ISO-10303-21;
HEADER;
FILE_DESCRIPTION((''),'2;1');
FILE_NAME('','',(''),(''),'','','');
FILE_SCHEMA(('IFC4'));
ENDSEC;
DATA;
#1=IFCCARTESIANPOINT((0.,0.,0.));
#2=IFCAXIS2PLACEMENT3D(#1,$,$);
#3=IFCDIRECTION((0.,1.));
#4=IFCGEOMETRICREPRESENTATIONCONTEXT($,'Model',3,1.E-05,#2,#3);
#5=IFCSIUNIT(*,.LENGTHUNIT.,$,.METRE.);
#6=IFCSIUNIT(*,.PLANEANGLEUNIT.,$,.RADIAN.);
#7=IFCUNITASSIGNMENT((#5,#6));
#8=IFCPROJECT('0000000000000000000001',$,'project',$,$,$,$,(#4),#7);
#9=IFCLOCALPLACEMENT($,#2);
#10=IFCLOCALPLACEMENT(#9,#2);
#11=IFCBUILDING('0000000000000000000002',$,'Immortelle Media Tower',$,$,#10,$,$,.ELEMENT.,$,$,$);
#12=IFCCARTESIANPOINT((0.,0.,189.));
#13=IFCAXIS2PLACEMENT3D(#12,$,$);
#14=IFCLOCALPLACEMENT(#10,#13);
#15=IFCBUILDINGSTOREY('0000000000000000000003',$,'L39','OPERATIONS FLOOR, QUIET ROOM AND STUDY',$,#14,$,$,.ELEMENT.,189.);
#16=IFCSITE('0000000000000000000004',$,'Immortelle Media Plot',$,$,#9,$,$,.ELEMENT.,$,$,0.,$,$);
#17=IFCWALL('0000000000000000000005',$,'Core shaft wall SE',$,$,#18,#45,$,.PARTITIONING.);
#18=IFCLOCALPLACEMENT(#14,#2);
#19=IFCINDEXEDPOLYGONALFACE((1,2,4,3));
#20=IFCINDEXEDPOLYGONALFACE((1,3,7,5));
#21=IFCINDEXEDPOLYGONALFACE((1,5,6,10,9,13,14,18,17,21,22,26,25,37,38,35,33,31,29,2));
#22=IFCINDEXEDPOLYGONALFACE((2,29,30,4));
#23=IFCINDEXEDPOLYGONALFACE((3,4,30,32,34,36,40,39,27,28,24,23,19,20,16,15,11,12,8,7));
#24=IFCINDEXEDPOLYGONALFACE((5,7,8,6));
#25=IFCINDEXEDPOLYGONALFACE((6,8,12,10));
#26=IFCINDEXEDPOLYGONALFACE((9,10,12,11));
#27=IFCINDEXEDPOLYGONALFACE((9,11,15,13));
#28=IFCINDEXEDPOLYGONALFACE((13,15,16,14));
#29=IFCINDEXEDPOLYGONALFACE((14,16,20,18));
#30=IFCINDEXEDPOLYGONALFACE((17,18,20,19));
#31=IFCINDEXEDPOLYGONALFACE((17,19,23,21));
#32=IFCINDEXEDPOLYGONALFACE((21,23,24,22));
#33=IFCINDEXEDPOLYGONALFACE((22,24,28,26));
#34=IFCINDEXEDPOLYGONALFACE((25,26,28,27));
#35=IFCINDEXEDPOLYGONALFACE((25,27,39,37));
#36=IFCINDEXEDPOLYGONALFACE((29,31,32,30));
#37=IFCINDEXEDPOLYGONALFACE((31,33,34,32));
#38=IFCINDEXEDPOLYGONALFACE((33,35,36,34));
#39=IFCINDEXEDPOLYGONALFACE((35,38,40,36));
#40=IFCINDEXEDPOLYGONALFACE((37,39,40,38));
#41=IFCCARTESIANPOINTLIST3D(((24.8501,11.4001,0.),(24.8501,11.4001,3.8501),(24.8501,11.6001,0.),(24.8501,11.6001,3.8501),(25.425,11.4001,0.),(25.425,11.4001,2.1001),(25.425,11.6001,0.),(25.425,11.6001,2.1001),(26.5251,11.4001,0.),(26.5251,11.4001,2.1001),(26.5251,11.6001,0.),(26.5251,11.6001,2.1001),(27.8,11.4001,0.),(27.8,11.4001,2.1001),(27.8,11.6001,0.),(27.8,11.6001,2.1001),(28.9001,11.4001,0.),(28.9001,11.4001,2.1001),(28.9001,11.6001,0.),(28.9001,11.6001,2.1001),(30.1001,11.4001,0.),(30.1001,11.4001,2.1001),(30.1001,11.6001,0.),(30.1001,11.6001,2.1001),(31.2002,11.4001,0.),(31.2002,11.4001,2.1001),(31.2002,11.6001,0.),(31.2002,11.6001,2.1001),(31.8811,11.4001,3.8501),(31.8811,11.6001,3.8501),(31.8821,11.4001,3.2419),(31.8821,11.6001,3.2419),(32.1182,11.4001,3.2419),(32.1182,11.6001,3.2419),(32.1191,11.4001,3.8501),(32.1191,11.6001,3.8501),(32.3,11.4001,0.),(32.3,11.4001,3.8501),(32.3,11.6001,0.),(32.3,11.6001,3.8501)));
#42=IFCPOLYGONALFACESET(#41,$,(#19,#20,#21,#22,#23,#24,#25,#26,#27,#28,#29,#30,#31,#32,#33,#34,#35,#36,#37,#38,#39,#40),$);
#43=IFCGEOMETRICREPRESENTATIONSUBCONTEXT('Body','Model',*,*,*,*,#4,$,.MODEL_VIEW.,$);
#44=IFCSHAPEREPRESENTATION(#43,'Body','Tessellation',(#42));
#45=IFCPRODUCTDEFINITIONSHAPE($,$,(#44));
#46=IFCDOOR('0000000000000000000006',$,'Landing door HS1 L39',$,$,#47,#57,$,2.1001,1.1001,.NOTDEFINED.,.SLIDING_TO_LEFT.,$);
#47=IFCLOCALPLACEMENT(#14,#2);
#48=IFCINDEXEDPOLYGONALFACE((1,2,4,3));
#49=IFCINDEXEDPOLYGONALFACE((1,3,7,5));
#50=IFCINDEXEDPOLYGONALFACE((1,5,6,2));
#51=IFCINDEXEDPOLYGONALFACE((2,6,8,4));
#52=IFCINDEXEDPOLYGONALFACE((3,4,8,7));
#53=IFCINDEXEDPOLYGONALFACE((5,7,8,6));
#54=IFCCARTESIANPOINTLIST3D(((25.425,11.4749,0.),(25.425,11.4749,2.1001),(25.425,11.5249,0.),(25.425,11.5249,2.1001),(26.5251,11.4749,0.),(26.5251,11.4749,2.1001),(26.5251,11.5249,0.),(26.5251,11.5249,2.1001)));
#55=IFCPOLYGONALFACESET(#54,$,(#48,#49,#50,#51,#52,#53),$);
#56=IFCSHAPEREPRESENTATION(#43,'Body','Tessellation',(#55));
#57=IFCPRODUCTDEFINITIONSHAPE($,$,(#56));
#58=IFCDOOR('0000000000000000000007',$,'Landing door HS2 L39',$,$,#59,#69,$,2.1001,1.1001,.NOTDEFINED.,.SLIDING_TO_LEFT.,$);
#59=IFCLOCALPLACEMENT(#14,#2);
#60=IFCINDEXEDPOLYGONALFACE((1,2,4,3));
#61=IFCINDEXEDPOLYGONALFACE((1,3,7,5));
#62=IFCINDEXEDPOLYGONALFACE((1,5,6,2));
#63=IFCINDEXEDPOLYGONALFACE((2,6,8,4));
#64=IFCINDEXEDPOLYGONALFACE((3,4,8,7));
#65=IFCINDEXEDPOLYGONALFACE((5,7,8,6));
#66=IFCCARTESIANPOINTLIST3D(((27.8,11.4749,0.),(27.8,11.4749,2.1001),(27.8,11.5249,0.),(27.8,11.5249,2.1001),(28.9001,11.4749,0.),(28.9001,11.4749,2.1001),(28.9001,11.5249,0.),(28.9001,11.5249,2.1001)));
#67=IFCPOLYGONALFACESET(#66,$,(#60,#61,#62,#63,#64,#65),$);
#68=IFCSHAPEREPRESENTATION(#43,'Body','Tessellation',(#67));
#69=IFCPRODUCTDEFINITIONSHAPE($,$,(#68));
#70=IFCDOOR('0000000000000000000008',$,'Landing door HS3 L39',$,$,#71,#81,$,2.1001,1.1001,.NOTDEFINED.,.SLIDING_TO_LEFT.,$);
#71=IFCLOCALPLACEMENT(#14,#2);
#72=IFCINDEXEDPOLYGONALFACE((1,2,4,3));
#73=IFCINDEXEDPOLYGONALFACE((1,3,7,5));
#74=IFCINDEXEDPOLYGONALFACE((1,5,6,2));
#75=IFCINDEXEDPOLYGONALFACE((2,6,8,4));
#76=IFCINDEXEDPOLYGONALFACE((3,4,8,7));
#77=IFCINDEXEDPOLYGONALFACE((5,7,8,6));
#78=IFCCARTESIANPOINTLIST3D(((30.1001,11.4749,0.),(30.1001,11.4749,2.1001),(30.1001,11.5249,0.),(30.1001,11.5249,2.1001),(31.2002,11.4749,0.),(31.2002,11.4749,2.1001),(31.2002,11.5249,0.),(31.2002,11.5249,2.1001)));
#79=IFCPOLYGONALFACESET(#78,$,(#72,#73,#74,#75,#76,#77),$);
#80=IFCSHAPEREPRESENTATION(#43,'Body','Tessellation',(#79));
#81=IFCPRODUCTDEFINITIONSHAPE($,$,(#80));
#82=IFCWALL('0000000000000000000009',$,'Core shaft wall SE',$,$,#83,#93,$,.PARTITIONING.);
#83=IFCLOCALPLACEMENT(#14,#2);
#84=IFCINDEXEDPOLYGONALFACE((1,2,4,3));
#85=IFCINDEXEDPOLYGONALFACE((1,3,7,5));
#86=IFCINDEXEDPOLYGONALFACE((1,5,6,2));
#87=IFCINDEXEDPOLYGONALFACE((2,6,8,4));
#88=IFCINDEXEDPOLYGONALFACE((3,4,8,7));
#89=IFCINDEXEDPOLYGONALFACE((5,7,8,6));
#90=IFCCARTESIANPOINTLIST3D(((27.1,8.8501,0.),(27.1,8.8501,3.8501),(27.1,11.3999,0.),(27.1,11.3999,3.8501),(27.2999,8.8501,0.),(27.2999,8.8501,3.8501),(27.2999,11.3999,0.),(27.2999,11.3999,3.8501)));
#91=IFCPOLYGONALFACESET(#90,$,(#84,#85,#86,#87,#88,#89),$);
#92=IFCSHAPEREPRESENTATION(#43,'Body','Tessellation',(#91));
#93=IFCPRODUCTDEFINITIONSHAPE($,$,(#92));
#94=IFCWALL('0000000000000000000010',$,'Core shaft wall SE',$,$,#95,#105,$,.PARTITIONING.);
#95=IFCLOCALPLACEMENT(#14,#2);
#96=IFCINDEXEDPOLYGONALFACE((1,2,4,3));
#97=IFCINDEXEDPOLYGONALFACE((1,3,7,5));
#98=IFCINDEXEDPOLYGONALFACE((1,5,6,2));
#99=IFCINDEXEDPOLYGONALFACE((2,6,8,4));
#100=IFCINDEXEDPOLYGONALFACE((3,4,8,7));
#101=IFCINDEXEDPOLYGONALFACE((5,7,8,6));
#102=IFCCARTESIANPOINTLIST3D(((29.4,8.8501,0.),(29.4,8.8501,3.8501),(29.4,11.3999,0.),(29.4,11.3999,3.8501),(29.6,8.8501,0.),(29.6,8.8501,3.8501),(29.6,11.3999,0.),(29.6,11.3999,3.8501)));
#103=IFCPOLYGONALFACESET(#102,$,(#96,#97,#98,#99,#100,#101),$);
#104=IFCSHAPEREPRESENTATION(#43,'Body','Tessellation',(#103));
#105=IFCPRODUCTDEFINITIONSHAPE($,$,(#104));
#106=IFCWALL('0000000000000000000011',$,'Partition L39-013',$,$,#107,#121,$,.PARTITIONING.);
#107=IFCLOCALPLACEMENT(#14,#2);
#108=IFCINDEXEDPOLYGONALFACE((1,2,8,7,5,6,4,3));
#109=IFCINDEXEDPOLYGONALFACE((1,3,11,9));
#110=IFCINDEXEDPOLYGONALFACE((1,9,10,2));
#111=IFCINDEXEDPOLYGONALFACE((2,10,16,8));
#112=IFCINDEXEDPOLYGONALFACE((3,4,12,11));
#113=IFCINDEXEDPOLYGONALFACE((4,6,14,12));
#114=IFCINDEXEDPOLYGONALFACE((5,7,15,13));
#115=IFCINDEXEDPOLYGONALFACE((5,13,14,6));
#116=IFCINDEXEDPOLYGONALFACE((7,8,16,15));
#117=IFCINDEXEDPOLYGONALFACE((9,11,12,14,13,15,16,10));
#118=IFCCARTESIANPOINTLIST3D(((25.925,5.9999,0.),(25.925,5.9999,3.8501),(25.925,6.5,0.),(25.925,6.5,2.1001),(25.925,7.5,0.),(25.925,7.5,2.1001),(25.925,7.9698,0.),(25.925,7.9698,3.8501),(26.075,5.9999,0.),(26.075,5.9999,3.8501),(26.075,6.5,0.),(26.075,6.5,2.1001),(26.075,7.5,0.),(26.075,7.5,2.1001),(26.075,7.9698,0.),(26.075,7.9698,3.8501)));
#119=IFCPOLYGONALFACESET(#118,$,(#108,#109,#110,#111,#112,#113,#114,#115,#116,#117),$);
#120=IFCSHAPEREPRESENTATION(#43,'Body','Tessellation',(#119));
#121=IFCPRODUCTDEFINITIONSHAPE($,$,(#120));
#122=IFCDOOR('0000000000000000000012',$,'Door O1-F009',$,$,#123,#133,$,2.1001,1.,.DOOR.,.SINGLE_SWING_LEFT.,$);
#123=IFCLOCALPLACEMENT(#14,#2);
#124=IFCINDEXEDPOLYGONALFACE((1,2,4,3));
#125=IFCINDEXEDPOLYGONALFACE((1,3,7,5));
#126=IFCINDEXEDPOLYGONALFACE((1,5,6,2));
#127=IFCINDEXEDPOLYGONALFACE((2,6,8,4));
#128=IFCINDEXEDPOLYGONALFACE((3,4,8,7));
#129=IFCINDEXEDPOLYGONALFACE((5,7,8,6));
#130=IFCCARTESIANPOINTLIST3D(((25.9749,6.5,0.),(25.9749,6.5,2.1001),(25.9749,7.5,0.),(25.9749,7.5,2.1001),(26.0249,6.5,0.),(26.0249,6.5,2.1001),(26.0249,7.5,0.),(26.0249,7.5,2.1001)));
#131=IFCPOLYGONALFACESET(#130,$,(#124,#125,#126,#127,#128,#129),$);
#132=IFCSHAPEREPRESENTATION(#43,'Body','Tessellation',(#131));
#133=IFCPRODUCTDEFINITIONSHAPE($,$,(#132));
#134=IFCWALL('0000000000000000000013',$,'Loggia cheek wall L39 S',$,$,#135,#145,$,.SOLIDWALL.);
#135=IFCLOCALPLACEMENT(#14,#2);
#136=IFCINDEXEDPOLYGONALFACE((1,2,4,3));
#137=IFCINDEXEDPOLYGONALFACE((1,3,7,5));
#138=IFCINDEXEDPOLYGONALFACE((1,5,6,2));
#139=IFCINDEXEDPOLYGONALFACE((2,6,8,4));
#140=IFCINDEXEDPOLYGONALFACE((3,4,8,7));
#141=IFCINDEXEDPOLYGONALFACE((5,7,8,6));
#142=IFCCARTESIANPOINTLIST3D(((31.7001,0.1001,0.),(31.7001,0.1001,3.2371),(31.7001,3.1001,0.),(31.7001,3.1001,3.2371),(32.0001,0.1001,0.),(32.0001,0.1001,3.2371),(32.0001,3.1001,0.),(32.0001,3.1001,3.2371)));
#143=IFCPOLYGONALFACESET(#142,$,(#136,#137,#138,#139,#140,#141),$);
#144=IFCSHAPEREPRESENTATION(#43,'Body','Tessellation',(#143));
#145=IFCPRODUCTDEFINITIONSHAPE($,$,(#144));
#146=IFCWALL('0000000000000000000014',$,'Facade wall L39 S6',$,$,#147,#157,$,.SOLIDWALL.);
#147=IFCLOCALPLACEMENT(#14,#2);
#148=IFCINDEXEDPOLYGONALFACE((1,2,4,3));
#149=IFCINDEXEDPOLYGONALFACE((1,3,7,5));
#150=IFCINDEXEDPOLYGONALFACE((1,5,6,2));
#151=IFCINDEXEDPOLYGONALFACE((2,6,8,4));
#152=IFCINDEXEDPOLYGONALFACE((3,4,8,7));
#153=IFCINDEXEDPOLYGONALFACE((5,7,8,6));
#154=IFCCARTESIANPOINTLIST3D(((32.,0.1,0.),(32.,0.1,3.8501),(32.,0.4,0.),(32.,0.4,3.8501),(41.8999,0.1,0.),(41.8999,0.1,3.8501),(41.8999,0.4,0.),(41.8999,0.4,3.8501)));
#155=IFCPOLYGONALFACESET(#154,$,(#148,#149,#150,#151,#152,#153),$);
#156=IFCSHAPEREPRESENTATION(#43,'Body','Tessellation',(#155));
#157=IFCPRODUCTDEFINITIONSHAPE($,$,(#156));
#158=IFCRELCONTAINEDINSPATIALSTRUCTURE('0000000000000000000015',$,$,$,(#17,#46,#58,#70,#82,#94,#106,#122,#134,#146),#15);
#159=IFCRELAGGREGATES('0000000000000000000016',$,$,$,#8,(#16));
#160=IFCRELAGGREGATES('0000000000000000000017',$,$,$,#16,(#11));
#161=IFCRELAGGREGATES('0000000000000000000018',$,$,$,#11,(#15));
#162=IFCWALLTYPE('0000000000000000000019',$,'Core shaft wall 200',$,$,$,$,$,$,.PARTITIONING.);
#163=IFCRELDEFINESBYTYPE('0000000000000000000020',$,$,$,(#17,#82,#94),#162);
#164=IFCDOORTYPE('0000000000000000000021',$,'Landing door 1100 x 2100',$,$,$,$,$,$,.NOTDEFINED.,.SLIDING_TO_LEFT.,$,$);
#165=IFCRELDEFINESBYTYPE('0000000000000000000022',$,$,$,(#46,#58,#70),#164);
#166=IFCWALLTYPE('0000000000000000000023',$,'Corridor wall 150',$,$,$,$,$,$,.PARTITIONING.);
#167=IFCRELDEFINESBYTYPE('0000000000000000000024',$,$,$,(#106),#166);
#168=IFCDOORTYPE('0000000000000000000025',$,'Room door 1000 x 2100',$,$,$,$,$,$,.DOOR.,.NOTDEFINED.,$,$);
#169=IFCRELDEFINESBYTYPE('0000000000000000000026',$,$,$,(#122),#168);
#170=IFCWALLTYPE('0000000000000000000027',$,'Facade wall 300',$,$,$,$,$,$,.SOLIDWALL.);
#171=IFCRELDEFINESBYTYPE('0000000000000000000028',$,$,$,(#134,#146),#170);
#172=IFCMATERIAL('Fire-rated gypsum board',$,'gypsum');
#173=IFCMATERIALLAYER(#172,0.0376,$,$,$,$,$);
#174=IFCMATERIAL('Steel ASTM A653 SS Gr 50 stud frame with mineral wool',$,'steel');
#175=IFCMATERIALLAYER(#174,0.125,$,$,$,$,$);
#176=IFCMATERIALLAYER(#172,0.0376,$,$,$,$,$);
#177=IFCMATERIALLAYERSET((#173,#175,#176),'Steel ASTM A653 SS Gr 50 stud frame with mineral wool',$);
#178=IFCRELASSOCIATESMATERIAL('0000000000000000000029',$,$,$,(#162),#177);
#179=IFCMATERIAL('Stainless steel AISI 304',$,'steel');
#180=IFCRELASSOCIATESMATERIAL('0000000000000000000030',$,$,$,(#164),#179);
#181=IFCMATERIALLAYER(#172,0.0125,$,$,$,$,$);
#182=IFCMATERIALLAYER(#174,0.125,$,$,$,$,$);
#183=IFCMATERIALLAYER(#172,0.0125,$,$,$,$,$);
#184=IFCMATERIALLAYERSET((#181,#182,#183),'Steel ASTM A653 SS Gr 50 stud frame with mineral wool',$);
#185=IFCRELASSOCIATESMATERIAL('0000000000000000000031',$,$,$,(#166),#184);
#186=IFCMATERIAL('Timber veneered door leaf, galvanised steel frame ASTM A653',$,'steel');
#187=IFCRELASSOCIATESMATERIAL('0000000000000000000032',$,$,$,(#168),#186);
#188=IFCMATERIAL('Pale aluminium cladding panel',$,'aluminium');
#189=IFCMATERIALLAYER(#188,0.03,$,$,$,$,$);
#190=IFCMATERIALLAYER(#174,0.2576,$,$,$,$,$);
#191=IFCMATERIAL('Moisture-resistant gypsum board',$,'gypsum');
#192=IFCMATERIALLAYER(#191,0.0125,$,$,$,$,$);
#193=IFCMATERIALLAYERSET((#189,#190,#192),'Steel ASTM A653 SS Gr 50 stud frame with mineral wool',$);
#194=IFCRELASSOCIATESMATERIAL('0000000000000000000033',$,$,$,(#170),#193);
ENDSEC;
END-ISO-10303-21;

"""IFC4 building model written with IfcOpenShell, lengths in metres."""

from ifc_helpers import new_model, si_unit, direction, frame, frame_2d, origin, place, context, subcontext, project, spatial, polyline, rectangle, outline, extrude, material, layer, layer_set, type_object, element, fill, save


model = new_model("IFC4")

# Units and contexts
model_context = context("Model", 3, precision=1e-05, world=origin(), true_north=direction((0.0, 1.0)))
body_context = subcontext(model_context, "Body", "Model", "MODEL_VIEW")
ifc_project = project(units=[si_unit("LENGTHUNIT", "METRE"), si_unit("PLANEANGLEUNIT", "RADIAN")], contexts=[model_context])

# Site, building, storey
site_placement = place(None, origin())
site = spatial("IfcSite", under=ifc_project, at=site_placement, Name="Immortelle Media Plot", CompositionType="ELEMENT", RefElevation=0.0)
building_placement = place(site_placement, origin())
building = spatial("IfcBuilding", under=site, at=building_placement, Name="Immortelle Media Tower", CompositionType="ELEMENT")
storey_placement = place(building_placement, frame((0.0, 0.0, 189.0)))
storey = spatial("IfcBuildingStorey", under=building, at=storey_placement, Name="L39", Description="OPERATIONS FLOOR, QUIET ROOM AND STUDY", CompositionType="ELEMENT", Elevation=189.0)

# Shared definitions
ifc_material_1 = material(Name="Fire-rated gypsum board", Category="gypsum")
ifc_layer_1 = layer(ifc_material_1, 0.0376)
ifc_material_2 = material(Name="Steel ASTM A653 SS Gr 50 stud frame with mineral wool", Category="steel")
ifc_layer_2 = layer(ifc_material_2, 0.125)
ifc_layer_3 = layer(ifc_material_1, 0.0376)
ifc_layer_set_1 = layer_set([ifc_layer_1, ifc_layer_2, ifc_layer_3], Name="Steel ASTM A653 SS Gr 50 stud frame with mineral wool")
wall_type_1 = type_object("IfcWallType", Name="Core shaft wall 200", PredefinedType="PARTITIONING", material=ifc_layer_set_1)

# Wall, openings, doors
wall_1_placement = place(storey_placement, frame((24.8501, 11.5, 0.0), z_axis=(0.0, 0.0, 1.0), x_axis=(1.0, 0.0, 0.0)))
wall_1 = element("IfcWall", 1, at=wall_1_placement, inside=storey, type_object=wall_type_1, Name="Core shaft wall SE", PredefinedType="PARTITIONING", context=body_context, shape_type="SweptSolid", body=[
    extrude(outline(polyline([(0.0, 0.0), (7.45, 0.0), (7.45, 3.8501), (7.269, 3.8501), (7.2681, 3.2419), (7.032, 3.2419), (7.031, 3.8501), (0.0, 3.8501), (0.0, 0.0)])), frame((0.0, 0.1001, 0.0), z_axis=(0.0, -1.0, 0.0), x_axis=(1.0, 0.0, 0.0)), (0.0, 0.0, 1.0), 0.2),
])
opening_1_placement = place(wall_1_placement, frame((0.575, 0.0, 0.0)))
opening_1 = element("IfcOpeningElement", 2, at=opening_1_placement, cuts=wall_1, PredefinedType="OPENING", context=body_context, shape_type="SweptSolid", body=[
    extrude(rectangle(XDim=1.1001, YDim=2.1001, at=frame_2d((0.55, 1.05))), frame((0.0, 0.1099, 0.0), z_axis=(0.0, -1.0, 0.0), x_axis=(1.0, 0.0, 0.0)), (0.0, 0.0, 1.0), 0.22),
])
opening_2_placement = place(wall_1_placement, frame((2.95, 0.0, 0.0)))
opening_2 = element("IfcOpeningElement", 3, at=opening_2_placement, cuts=wall_1, PredefinedType="OPENING", context=body_context, shape_type="SweptSolid", body=[
    extrude(rectangle(XDim=1.1001, YDim=2.1001, at=frame_2d((0.55, 1.05))), frame((0.0, 0.1099, 0.0), z_axis=(0.0, -1.0, 0.0), x_axis=(1.0, 0.0, 0.0)), (0.0, 0.0, 1.0), 0.22),
])
opening_3_placement = place(wall_1_placement, frame((5.25, 0.0, 0.0)))
opening_3 = element("IfcOpeningElement", 4, at=opening_3_placement, cuts=wall_1, PredefinedType="OPENING", context=body_context, shape_type="SweptSolid", body=[
    extrude(rectangle(XDim=1.1001, YDim=2.1001, at=frame_2d((0.55, 1.05))), frame((0.0, 0.1099, 0.0), z_axis=(0.0, -1.0, 0.0), x_axis=(1.0, 0.0, 0.0)), (0.0, 0.0, 1.0), 0.22),
])
ifc_material_3 = material(Name="Stainless steel AISI 304", Category="steel")
door_type_1 = type_object("IfcDoorType", Name="Landing door 1100 x 2100", OperationType="SLIDING_TO_LEFT", PredefinedType="NOTDEFINED", material=ifc_material_3)
door_1_placement = place(opening_1_placement, origin())
door_1 = element("IfcDoor", 5, at=door_1_placement, inside=storey, type_object=door_type_1, Name="Landing door HS1 L39", OperationType="SLIDING_TO_LEFT", OverallHeight=2.1001, OverallWidth=1.1001, PredefinedType="NOTDEFINED", context=body_context, shape_type="SweptSolid", body=[
    extrude(rectangle(XDim=1.1001, YDim=2.1001, at=frame_2d((0.55, 1.05))), frame((0.0, 0.0249, 0.0), z_axis=(0.0, -1.0, 0.0), x_axis=(1.0, 0.0, 0.0)), (0.0, 0.0, 1.0), 0.05),
])
fill(opening_1, door_1)
door_2_placement = place(opening_2_placement, origin())
door_2 = element("IfcDoor", 6, at=door_2_placement, inside=storey, type_object=door_type_1, Name="Landing door HS2 L39", OperationType="SLIDING_TO_LEFT", OverallHeight=2.1001, OverallWidth=1.1001, PredefinedType="NOTDEFINED", context=body_context, shape_type="SweptSolid", body=[
    extrude(rectangle(XDim=1.1001, YDim=2.1001, at=frame_2d((0.55, 1.05))), frame((0.0, 0.0249, 0.0), z_axis=(0.0, -1.0, 0.0), x_axis=(1.0, 0.0, 0.0)), (0.0, 0.0, 1.0), 0.05),
])
fill(opening_2, door_2)
door_3_placement = place(opening_3_placement, origin())
door_3 = element("IfcDoor", 7, at=door_3_placement, inside=storey, type_object=door_type_1, Name="Landing door HS3 L39", OperationType="SLIDING_TO_LEFT", OverallHeight=2.1001, OverallWidth=1.1001, PredefinedType="NOTDEFINED", context=body_context, shape_type="SweptSolid", body=[
    extrude(rectangle(XDim=1.1001, YDim=2.1001, at=frame_2d((0.55, 1.05))), frame((0.0, 0.0249, 0.0), z_axis=(0.0, -1.0, 0.0), x_axis=(1.0, 0.0, 0.0)), (0.0, 0.0, 1.0), 0.05),
])
fill(opening_3, door_3)

# Walls
for number, where, z_axis, x_axis, name in (
    (8, (27.2, 8.8501, 0.0), (0.0, 0.0, 1.0), (0.0, 1.0, 0.0), "Core shaft wall SE"),
    (9, (29.5, 8.8501, 0.0), (0.0, 0.0, 1.0), (0.0, 1.0, 0.0), "Core shaft wall SE"),
):
    element("IfcWall", number, at=place(storey_placement, frame(where, z_axis=z_axis, x_axis=x_axis)), inside=storey, type_object=wall_type_1, Name=name, PredefinedType="PARTITIONING", context=body_context, shape_type="SweptSolid", body=[
        extrude(rectangle(XDim=2.5498, YDim=0.2, at=frame_2d((1.2749, 0.0))), origin(), (0.0, 0.0, 1.0), 3.8501),
    ])

# Wall, opening, door
ifc_layer_4 = layer(ifc_material_1, 0.0125)
ifc_layer_5 = layer(ifc_material_2, 0.125)
ifc_layer_6 = layer(ifc_material_1, 0.0125)
ifc_layer_set_2 = layer_set([ifc_layer_4, ifc_layer_5, ifc_layer_6], Name="Steel ASTM A653 SS Gr 50 stud frame with mineral wool")
wall_type_2 = type_object("IfcWallType", Name="Corridor wall 150", PredefinedType="PARTITIONING", material=ifc_layer_set_2)
wall_2_placement = place(storey_placement, frame((26.0, 6.0, 0.0), z_axis=(0.0, 0.0, 1.0), x_axis=(0.0, 1.0, 0.0)))
wall_2 = element("IfcWall", 10, at=wall_2_placement, inside=storey, type_object=wall_type_2, Name="Partition L39-013", PredefinedType="PARTITIONING", context=body_context, shape_type="SweptSolid", body=[
    extrude(rectangle(XDim=1.97, YDim=0.1499, at=frame_2d((0.9849, 0.0))), origin(), (0.0, 0.0, 1.0), 3.8501),
])
opening_4_placement = place(wall_2_placement, frame((1.5, 0.0, 0.0), z_axis=(0.0, 0.0, 1.0), x_axis=(-1.0, 0.0, 0.0)))
opening_4 = element("IfcOpeningElement", 11, at=opening_4_placement, cuts=wall_2, PredefinedType="OPENING", context=body_context, shape_type="SweptSolid", body=[
    extrude(rectangle(XDim=1.0, YDim=2.1001, at=frame_2d((0.5, 1.05))), frame((0.0, 0.085, 0.0), z_axis=(0.0, -1.0, 0.0), x_axis=(1.0, 0.0, 0.0)), (0.0, 0.0, 1.0), 0.1699),
])
ifc_material_4 = material(Name="Timber veneered door leaf, galvanised steel frame ASTM A653", Category="steel")
door_type_2 = type_object("IfcDoorType", Name="Room door 1000 x 2100", OperationType="NOTDEFINED", PredefinedType="DOOR", material=ifc_material_4)
door_4_placement = place(opening_4_placement, origin())
door_4 = element("IfcDoor", 12, at=door_4_placement, inside=storey, type_object=door_type_2, Name="Door O1-F009", OperationType="SINGLE_SWING_LEFT", OverallHeight=2.1001, OverallWidth=1.0, PredefinedType="DOOR", context=body_context, shape_type="SweptSolid", body=[
    extrude(rectangle(XDim=1.0, YDim=2.1001, at=frame_2d((0.5, 1.05))), frame((0.0, 0.0249, 0.0), z_axis=(0.0, -1.0, 0.0), x_axis=(1.0, 0.0, 0.0)), (0.0, 0.0, 1.0), 0.05),
])
fill(opening_4, door_4)

# Shared definitions
ifc_material_5 = material(Name="Pale aluminium cladding panel", Category="aluminium")
ifc_layer_7 = layer(ifc_material_5, 0.03)
ifc_layer_8 = layer(ifc_material_2, 0.2576)
ifc_material_6 = material(Name="Moisture-resistant gypsum board", Category="gypsum")
ifc_layer_9 = layer(ifc_material_6, 0.0125)
ifc_layer_set_3 = layer_set([ifc_layer_7, ifc_layer_8, ifc_layer_9], Name="Steel ASTM A653 SS Gr 50 stud frame with mineral wool")
wall_type_3 = type_object("IfcWallType", Name="Facade wall 300", PredefinedType="SOLIDWALL", material=ifc_layer_set_3)

# Walls
wall_3_placement = place(storey_placement, frame((31.8501, 0.1001, 0.0), z_axis=(0.0, 0.0, 1.0), x_axis=(0.0, 1.0, 0.0)))
element("IfcWall", 13, at=wall_3_placement, inside=storey, type_object=wall_type_3, Name="Loggia cheek wall L39 S", PredefinedType="SOLIDWALL", context=body_context, shape_type="SweptSolid", body=[
    extrude(rectangle(XDim=3.0, YDim=0.3, at=frame_2d((1.5, 0.0))), origin(), (0.0, 0.0, 1.0), 3.2371),
])
wall_4_placement = place(storey_placement, frame((32.0, 0.25, 0.0), z_axis=(0.0, 0.0, 1.0), x_axis=(1.0, 0.0, 0.0)))
element("IfcWall", 14, at=wall_4_placement, inside=storey, type_object=wall_type_3, Name="Facade wall L39 S6", PredefinedType="SOLIDWALL", context=body_context, shape_type="SweptSolid", body=[
    extrude(rectangle(XDim=9.8999, YDim=0.3, at=frame_2d((4.95, 0.0))), origin(), (0.0, 0.0, 1.0), 3.8501),
])

save(model, "model.ifc")
